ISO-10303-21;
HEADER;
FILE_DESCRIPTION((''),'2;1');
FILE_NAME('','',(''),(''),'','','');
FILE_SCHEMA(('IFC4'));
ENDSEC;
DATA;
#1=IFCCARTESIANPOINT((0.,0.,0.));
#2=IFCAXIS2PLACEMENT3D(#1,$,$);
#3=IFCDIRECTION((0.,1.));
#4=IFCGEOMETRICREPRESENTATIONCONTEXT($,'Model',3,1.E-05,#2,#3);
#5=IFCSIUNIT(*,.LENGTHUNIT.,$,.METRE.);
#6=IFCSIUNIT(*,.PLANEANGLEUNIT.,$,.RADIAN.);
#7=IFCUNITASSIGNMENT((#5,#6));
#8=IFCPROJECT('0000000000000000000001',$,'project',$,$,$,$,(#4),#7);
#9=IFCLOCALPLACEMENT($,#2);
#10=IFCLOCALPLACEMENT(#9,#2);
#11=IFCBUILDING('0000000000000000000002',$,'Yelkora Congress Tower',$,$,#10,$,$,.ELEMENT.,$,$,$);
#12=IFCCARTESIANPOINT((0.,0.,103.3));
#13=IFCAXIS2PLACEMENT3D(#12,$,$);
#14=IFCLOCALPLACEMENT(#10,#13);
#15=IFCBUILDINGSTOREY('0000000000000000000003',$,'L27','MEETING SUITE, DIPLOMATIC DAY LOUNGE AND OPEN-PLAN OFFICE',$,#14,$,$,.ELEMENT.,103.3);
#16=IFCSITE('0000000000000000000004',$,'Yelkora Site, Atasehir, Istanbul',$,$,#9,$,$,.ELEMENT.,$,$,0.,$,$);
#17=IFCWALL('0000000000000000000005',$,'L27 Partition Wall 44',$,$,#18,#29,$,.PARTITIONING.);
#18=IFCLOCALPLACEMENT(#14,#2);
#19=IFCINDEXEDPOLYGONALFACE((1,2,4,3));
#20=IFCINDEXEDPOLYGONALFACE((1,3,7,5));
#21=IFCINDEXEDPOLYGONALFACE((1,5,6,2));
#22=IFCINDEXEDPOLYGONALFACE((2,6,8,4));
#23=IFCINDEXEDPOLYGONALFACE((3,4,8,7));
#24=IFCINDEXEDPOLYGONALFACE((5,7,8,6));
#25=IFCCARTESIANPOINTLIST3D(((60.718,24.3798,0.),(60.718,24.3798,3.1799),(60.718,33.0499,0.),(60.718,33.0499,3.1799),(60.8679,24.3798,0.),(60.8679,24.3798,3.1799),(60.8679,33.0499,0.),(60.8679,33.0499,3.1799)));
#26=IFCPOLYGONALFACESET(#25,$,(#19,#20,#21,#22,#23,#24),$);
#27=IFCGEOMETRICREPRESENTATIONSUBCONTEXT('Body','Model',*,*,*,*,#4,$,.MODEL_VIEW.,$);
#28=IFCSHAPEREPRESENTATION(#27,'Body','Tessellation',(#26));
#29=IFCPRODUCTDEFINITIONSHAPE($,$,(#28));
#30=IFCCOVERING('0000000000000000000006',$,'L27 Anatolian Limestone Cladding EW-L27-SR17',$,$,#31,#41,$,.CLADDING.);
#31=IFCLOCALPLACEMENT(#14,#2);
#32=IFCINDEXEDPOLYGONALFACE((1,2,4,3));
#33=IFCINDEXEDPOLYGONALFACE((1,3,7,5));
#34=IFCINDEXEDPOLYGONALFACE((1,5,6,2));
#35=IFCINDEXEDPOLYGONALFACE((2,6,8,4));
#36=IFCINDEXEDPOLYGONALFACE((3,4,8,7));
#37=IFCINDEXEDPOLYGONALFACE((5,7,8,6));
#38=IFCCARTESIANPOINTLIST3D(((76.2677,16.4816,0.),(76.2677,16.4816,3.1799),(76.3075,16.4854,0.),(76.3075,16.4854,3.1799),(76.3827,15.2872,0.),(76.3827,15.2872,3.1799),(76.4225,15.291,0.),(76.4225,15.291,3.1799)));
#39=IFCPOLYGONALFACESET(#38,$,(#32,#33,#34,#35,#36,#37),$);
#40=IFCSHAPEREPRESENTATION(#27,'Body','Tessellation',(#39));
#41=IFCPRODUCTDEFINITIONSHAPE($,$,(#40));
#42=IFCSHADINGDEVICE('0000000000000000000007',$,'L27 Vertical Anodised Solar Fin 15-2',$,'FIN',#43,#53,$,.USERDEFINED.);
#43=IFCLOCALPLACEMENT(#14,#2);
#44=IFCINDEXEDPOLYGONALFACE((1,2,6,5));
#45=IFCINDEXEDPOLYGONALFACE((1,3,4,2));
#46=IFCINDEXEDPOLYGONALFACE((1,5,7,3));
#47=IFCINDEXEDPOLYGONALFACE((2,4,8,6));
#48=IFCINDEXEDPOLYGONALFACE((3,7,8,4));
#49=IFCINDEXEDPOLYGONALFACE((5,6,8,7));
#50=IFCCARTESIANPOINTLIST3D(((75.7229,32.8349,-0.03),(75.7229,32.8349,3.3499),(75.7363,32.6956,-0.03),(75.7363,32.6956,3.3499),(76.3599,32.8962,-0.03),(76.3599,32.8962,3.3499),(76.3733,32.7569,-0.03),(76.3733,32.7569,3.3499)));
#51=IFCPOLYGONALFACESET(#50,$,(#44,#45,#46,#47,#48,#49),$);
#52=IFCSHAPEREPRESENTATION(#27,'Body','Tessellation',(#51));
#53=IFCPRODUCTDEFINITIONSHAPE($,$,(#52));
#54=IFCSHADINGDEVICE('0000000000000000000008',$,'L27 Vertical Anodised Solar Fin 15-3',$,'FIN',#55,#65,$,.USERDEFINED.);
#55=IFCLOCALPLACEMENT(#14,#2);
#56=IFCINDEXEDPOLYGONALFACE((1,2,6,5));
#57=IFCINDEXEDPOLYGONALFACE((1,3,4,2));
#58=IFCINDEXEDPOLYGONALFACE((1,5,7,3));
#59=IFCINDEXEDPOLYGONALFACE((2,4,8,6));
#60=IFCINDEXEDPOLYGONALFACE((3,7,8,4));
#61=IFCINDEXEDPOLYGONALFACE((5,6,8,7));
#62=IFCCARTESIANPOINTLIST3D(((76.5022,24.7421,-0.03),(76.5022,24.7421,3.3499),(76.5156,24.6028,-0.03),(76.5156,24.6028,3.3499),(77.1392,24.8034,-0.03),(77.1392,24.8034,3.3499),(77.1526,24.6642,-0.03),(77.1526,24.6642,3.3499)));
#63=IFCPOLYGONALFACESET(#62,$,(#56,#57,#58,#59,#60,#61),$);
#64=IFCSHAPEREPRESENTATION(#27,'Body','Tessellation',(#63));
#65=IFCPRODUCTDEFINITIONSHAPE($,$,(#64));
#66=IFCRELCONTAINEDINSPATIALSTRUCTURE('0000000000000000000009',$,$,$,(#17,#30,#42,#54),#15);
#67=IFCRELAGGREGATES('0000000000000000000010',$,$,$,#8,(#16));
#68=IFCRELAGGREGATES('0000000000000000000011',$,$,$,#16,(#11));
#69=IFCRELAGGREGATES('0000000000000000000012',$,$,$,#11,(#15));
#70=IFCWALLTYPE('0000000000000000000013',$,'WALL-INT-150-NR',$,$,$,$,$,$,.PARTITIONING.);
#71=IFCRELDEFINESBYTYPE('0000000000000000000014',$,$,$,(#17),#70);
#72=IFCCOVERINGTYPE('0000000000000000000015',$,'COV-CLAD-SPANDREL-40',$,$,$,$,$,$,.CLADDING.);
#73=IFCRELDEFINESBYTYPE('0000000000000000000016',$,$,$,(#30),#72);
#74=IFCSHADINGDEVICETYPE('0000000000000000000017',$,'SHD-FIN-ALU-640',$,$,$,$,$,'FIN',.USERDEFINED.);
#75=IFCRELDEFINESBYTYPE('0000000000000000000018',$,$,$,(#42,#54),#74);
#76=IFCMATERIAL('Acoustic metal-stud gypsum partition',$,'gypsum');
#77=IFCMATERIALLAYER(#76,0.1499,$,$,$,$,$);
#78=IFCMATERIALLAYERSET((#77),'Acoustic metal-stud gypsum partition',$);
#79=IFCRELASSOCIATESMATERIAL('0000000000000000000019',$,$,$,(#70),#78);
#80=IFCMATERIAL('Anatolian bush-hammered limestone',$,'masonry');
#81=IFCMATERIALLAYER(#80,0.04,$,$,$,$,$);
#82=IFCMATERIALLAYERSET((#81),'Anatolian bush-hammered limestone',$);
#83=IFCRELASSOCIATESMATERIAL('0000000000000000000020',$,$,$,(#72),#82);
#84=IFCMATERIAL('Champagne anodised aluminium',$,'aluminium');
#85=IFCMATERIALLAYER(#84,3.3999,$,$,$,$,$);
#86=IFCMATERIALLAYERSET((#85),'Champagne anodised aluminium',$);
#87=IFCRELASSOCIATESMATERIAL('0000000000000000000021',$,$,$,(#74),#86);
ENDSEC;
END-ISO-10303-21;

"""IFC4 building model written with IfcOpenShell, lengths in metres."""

from ifc_helpers import new_model, si_unit, direction, frame, frame_2d, origin, origin_2d, place, context, subcontext, project, spatial, rectangle, extrude, material, layer, layer_set, type_object, element, save


model = new_model("IFC4")

# Units and contexts
model_context = context("Model", 3, precision=1e-05, world=origin(), true_north=direction((0.0, 1.0)))
body_context = subcontext(model_context, "Body", "Model", "MODEL_VIEW")
ifc_project = project(units=[si_unit("LENGTHUNIT", "METRE"), si_unit("PLANEANGLEUNIT", "RADIAN")], contexts=[model_context])

# Site, building, storey
site_placement = place(None, origin())
site = spatial("IfcSite", under=ifc_project, at=site_placement, Name="Yelkora Site, Atasehir, Istanbul", CompositionType="ELEMENT", RefElevation=0.0)
building_placement = place(site_placement, origin())
building = spatial("IfcBuilding", under=site, at=building_placement, Name="Yelkora Congress Tower", CompositionType="ELEMENT")
storey_placement = place(building_placement, frame((0.0, 0.0, 103.3)))
storey = spatial("IfcBuildingStorey", under=building, at=storey_placement, Name="L27", Description="MEETING SUITE, DIPLOMATIC DAY LOUNGE AND OPEN-PLAN OFFICE", CompositionType="ELEMENT", Elevation=103.3)

# Shared definitions
ifc_material_1 = material(Name="Acoustic metal-stud gypsum partition", Category="gypsum")
ifc_layer_1 = layer(ifc_material_1, 0.1499)
ifc_layer_set_1 = layer_set([ifc_layer_1], Name="Acoustic metal-stud gypsum partition")
wall_type_1 = type_object("IfcWallType", Name="WALL-INT-150-NR", PredefinedType="PARTITIONING", material=ifc_layer_set_1)

# Wall
wall_1_placement = place(storey_placement, frame((60.793, 24.3799, 0.0), z_axis=(0.0, 0.0, 1.0), x_axis=(0.0, 1.0, 0.0)))
element("IfcWall", 1, at=wall_1_placement, inside=storey, type_object=wall_type_1, Name="L27 Partition Wall 44", PredefinedType="PARTITIONING", context=body_context, shape_type="SweptSolid", body=[
    extrude(rectangle(XDim=8.6702, YDim=0.1499, at=frame_2d((4.335, 0.0))), origin(), (0.0, 0.0, 1.0), 3.1799),
])

# Covering
ifc_material_2 = material(Name="Anatolian bush-hammered limestone", Category="masonry")
ifc_layer_2 = layer(ifc_material_2, 0.04)
ifc_layer_set_2 = layer_set([ifc_layer_2], Name="Anatolian bush-hammered limestone")
covering_type = type_object("IfcCoveringType", Name="COV-CLAD-SPANDREL-40", PredefinedType="CLADDING", material=ifc_layer_set_2)
covering_placement = place(storey_placement, frame((76.2876, 16.4836, 0.0), z_axis=(0.0, 0.0, 1.0), x_axis=(0.095836, -0.995397, 0.0)))
element("IfcCovering", 2, at=covering_placement, inside=storey, type_object=covering_type, Name="L27 Anatolian Limestone Cladding EW-L27-SR17", PredefinedType="CLADDING", context=body_context, shape_type="SweptSolid", body=[
    extrude(rectangle(XDim=1.2, YDim=0.04, at=frame_2d((0.6001, 0.0))), origin(), (0.0, 0.0, 1.0), 3.1799),
])

# Shading devices
ifc_material_3 = material(Name="Champagne anodised aluminium", Category="aluminium")
ifc_layer_3 = layer(ifc_material_3, 3.3999)
ifc_layer_set_3 = layer_set([ifc_layer_3], Name="Champagne anodised aluminium")
shading_device_type = type_object("IfcShadingDeviceType", Name="SHD-FIN-ALU-640", ElementType="FIN", PredefinedType="USERDEFINED", material=ifc_layer_set_3)
for number, where, z_axis, x_axis, name in (
    (3, (76.0481, 32.7959, -0.03), (0.0, 0.0, 1.0), (0.095846, -0.995396, 0.0), "L27 Vertical Anodised Solar Fin 15-2"),
    (4, (76.8274, 24.7031, -0.03), (0.0, 0.0, 1.0), (0.095846, -0.995396, 0.0), "L27 Vertical Anodised Solar Fin 15-3"),
):
    element("IfcShadingDevice", number, at=place(storey_placement, frame(where, z_axis=z_axis, x_axis=x_axis)), inside=storey, type_object=shading_device_type, Name=name, ObjectType="FIN", PredefinedType="USERDEFINED", context=body_context, shape_type="SweptSolid", body=[
        extrude(rectangle(XDim=0.1399, YDim=0.6399, at=origin_2d()), origin(), (0.0, 0.0, 1.0), 3.3799),
    ])

save(model, "model.ifc")
